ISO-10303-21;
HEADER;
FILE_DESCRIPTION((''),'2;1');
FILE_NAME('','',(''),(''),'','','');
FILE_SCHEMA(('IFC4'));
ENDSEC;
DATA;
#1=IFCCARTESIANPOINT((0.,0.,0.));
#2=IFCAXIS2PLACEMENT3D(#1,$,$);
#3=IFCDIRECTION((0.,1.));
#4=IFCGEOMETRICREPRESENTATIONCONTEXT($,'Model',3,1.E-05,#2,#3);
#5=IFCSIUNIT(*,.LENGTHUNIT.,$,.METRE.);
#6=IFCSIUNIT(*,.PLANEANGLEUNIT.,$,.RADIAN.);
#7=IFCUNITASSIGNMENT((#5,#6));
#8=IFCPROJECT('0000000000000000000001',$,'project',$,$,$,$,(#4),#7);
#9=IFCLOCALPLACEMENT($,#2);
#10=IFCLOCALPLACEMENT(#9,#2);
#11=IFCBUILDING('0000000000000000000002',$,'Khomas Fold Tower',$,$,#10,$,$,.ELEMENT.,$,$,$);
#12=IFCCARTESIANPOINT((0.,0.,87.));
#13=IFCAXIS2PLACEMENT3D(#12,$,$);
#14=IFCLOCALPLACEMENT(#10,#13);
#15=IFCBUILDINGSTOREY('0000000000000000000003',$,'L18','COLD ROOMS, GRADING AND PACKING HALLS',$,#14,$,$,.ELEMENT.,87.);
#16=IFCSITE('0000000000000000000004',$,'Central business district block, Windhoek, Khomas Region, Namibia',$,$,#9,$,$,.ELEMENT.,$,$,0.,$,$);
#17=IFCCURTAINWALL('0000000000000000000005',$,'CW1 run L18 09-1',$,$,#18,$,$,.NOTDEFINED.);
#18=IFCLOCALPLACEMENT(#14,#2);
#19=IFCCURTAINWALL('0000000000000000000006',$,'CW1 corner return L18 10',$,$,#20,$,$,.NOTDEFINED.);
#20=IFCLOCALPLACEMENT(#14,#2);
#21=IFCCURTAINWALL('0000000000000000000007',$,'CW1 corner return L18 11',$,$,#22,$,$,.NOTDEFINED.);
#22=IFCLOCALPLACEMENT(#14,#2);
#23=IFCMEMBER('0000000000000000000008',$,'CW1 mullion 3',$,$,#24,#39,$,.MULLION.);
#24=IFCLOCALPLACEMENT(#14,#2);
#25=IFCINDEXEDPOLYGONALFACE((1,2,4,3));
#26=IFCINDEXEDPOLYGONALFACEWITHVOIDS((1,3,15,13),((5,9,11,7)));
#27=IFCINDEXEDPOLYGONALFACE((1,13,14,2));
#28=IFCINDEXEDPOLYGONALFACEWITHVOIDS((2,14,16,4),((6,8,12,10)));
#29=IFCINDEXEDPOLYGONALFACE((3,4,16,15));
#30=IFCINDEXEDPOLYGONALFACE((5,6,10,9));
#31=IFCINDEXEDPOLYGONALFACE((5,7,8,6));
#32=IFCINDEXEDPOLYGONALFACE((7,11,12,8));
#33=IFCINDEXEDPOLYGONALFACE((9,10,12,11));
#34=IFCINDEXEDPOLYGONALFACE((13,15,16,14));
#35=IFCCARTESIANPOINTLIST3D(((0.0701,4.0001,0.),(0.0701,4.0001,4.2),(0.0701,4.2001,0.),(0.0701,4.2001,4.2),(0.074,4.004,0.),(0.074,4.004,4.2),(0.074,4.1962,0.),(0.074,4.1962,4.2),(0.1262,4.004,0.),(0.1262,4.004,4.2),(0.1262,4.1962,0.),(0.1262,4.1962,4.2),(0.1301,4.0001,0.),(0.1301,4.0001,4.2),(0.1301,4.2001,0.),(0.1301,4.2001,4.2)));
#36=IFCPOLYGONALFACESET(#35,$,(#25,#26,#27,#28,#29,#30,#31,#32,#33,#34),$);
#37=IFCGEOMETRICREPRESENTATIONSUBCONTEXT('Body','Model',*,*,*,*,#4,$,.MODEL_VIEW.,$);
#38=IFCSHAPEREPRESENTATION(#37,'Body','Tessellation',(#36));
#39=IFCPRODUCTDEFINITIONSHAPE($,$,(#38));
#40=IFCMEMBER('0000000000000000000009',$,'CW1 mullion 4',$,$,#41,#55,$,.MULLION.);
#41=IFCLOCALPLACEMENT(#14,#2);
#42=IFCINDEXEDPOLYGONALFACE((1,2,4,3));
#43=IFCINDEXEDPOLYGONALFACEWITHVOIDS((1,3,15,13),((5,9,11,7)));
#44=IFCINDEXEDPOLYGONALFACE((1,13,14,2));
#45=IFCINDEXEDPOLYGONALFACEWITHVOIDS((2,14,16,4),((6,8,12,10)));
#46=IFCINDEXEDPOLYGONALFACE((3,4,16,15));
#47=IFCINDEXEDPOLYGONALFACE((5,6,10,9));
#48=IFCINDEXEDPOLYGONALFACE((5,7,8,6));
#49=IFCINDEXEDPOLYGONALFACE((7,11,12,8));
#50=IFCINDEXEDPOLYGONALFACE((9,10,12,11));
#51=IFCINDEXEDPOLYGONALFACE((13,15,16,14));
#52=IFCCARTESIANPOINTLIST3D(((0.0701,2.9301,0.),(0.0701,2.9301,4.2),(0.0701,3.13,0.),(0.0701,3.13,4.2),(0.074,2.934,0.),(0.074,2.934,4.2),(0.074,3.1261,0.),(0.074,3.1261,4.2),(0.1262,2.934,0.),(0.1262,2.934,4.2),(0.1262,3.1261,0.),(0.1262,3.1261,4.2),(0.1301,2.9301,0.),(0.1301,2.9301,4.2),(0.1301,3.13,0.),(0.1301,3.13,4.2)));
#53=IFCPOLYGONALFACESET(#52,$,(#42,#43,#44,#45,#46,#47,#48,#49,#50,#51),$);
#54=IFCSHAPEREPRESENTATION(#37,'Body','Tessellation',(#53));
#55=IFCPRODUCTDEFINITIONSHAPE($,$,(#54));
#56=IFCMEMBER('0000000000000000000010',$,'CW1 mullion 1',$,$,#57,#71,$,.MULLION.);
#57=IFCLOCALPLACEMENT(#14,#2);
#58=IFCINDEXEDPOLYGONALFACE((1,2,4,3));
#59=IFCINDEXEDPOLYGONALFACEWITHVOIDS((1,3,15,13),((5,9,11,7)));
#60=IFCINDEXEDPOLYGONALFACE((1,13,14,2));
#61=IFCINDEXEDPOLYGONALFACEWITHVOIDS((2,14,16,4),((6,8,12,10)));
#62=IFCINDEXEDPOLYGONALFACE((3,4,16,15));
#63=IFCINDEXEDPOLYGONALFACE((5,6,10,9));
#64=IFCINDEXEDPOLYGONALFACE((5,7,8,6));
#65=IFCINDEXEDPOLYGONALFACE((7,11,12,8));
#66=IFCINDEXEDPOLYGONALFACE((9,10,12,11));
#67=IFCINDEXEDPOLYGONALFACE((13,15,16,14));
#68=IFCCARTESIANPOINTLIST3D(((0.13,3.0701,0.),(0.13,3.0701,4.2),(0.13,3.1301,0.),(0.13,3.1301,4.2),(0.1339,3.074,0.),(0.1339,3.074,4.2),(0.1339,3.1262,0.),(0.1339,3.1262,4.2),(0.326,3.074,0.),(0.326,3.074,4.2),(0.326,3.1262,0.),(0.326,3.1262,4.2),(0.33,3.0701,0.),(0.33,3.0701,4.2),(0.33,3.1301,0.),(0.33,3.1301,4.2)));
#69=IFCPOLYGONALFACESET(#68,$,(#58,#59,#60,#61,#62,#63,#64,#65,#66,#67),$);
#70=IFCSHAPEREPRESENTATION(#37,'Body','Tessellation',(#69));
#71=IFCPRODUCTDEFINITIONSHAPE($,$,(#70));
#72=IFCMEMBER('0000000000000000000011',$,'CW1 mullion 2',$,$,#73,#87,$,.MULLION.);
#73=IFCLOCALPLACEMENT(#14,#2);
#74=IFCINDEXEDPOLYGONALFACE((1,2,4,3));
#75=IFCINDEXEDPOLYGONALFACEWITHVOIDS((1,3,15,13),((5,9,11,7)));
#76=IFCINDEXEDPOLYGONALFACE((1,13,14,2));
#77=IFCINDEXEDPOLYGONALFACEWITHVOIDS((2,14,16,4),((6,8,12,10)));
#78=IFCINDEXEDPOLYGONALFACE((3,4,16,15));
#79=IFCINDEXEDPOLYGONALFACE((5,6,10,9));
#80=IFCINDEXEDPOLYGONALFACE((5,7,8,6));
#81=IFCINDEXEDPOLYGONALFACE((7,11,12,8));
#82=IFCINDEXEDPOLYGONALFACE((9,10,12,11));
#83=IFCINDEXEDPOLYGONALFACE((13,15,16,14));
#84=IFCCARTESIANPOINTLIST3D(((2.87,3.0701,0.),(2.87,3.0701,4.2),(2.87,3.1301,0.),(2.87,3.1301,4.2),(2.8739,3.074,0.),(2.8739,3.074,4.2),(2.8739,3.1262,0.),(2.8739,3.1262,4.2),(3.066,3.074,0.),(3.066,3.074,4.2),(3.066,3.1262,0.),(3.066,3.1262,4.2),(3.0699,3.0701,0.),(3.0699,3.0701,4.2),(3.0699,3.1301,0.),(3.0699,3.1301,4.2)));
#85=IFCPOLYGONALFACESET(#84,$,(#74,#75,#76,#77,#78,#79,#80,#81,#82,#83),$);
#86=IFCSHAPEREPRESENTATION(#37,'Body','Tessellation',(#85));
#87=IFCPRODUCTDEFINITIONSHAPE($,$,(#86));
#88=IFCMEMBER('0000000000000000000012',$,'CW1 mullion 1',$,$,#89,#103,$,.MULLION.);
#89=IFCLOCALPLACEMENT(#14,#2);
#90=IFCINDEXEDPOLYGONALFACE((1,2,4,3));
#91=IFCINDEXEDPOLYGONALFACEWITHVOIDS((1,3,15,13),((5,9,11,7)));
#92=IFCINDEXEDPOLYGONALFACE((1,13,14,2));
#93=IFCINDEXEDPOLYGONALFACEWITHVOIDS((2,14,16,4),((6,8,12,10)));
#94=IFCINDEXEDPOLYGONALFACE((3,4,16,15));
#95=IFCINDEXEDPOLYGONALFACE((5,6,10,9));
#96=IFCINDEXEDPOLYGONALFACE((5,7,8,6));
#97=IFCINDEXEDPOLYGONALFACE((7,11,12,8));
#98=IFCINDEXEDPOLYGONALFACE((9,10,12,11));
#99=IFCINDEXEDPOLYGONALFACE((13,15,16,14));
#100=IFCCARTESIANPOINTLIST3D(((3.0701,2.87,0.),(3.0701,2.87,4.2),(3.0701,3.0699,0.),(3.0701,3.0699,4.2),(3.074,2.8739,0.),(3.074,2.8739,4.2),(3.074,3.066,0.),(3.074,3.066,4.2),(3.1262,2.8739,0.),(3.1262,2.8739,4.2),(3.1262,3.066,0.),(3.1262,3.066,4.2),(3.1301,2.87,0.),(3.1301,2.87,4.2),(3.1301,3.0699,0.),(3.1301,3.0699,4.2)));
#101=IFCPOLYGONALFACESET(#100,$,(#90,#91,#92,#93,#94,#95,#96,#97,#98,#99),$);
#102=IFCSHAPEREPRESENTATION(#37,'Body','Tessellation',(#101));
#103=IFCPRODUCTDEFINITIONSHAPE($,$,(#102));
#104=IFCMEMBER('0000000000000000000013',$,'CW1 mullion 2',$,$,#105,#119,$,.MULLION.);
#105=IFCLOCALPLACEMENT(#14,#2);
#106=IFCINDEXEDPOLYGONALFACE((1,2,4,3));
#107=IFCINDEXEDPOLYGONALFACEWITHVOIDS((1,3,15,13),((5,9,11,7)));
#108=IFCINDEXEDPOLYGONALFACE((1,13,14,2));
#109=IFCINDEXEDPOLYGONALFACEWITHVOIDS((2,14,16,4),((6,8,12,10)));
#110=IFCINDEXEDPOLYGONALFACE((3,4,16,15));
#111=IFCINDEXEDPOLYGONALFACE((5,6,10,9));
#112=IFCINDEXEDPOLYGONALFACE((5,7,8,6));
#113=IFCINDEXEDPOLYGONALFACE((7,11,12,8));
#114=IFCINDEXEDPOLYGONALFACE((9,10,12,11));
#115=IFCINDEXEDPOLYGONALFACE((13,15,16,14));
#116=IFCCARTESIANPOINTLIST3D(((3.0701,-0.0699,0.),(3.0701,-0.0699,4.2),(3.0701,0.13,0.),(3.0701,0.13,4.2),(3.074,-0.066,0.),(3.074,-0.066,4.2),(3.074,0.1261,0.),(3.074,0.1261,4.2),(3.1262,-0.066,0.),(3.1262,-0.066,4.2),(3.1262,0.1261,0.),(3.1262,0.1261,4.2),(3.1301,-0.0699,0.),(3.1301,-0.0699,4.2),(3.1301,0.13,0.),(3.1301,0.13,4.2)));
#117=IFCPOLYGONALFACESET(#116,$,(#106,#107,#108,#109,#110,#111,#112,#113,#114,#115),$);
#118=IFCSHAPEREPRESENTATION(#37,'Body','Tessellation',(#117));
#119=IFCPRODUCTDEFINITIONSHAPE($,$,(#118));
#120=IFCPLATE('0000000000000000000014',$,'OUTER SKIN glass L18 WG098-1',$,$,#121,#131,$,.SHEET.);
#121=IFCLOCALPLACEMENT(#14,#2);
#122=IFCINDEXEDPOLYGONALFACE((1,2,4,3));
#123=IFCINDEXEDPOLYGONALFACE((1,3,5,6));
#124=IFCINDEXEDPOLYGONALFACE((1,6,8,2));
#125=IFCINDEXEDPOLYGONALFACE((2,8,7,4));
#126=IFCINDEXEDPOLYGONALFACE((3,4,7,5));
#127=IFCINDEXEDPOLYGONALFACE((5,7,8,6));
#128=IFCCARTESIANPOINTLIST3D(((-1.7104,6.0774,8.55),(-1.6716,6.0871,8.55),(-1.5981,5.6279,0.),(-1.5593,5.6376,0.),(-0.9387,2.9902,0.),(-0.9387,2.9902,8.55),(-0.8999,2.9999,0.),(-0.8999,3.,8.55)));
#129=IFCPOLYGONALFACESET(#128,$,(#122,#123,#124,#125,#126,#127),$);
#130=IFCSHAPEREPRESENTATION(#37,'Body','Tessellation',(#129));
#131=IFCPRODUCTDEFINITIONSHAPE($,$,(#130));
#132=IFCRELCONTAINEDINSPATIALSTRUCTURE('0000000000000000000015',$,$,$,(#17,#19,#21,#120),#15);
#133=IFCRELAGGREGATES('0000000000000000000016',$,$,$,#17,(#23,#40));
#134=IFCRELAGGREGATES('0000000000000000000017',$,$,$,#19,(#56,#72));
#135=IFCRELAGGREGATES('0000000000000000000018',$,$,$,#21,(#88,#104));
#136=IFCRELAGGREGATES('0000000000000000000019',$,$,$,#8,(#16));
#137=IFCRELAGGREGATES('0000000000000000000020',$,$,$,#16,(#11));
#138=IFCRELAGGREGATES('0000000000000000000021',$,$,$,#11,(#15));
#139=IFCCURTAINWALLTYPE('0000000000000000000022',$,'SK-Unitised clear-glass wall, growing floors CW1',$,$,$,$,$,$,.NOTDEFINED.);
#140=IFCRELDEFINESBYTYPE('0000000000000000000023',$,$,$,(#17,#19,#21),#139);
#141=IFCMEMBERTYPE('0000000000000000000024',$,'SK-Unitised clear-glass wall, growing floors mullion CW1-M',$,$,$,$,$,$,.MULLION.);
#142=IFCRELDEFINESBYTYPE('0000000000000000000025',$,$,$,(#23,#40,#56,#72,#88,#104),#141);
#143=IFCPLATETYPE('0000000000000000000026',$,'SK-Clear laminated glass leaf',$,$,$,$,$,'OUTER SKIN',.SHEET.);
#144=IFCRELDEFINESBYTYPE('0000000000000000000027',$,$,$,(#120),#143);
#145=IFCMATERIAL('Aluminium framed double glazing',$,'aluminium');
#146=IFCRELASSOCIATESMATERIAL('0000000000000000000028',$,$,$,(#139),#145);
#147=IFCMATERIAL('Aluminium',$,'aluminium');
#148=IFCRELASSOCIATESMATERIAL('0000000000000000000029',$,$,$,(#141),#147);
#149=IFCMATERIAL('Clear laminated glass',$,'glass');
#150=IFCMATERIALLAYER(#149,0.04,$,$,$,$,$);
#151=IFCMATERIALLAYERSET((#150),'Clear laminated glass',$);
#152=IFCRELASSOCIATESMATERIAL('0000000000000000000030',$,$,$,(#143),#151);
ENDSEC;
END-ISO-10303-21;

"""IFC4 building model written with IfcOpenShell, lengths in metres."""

from ifc_helpers import new_model, si_unit, direction, frame, origin, origin_2d, place, context, subcontext, project, spatial, polyline, hollow_rectangle, outline, extrude, source, transform, mapped, material, layer, layer_set, material_profile, profile_set, type_object, element, aggregate, save


model = new_model("IFC4")

# Units and contexts
model_context = context("Model", 3, precision=1e-05, world=origin(), true_north=direction((0.0, 1.0)))
body_context = subcontext(model_context, "Body", "Model", "MODEL_VIEW")
ifc_project = project(units=[si_unit("LENGTHUNIT", "METRE"), si_unit("PLANEANGLEUNIT", "RADIAN")], contexts=[model_context])

# Site, building, storey
site_placement = place(None, origin())
site = spatial("IfcSite", under=ifc_project, at=site_placement, Name="Central business district block, Windhoek, Khomas Region, Namibia", CompositionType="ELEMENT", RefElevation=0.0)
building_placement = place(site_placement, origin())
building = spatial("IfcBuilding", under=site, at=building_placement, Name="Khomas Fold Tower", CompositionType="ELEMENT")
storey_placement = place(building_placement, frame((0.0, 0.0, 87.0)))
storey = spatial("IfcBuildingStorey", under=building, at=storey_placement, Name="L18", Description="COLD ROOMS, GRADING AND PACKING HALLS", CompositionType="ELEMENT", Elevation=87.0)

# Curtain walls
ifc_material_1 = material(Name="Aluminium framed double glazing", Category="aluminium")
curtain_wall_type = type_object("IfcCurtainWallType", Name="SK-Unitised clear-glass wall, growing floors CW1", PredefinedType="NOTDEFINED", material=ifc_material_1)
curtain_wall_1_placement = place(storey_placement, origin())
curtain_wall_1 = element("IfcCurtainWall", 1, at=curtain_wall_1_placement, inside=storey, type_object=curtain_wall_type, Name="CW1 run L18 09-1", PredefinedType="NOTDEFINED")
curtain_wall_2_placement = place(storey_placement, origin())
curtain_wall_2 = element("IfcCurtainWall", 2, at=curtain_wall_2_placement, inside=storey, type_object=curtain_wall_type, Name="CW1 corner return L18 10", PredefinedType="NOTDEFINED")
curtain_wall_3_placement = place(storey_placement, origin())
curtain_wall_3 = element("IfcCurtainWall", 3, at=curtain_wall_3_placement, inside=storey, type_object=curtain_wall_type, Name="CW1 corner return L18 11", PredefinedType="NOTDEFINED")

# Members
ifc_material_2 = material(Name="Aluminium", Category="aluminium")
ifc_material_profile_1 = material_profile(ifc_material_2, hollow_rectangle(XDim=0.0601, YDim=0.2, WallThickness=0.0039, at=origin_2d()), Name="SK-Unitised clear-glass wall, growing floors mullion CW1-M")
ifc_profile_set_1 = profile_set([ifc_material_profile_1], Name="Aluminium")
member_type_1 = type_object("IfcMemberType", Name="SK-Unitised clear-glass wall, growing floors mullion CW1-M", PredefinedType="MULLION", material=ifc_profile_set_1)
shared_shape_1 = source(origin(), body_context, "Body", "SweptSolid", [
    extrude(hollow_rectangle(XDim=0.0601, YDim=0.2, WallThickness=0.0039, at=origin_2d()), origin(), (0.0, 0.0, 1.0), 4.2),
])
member_1_placement = place(storey_placement, frame((0.1001, 4.1001, 0.0), z_axis=(0.0, 0.0, 1.0), x_axis=(1.0, 0.0, 0.0)))
member_1 = element("IfcMember", 4, at=member_1_placement, type_object=member_type_1, Name="CW1 mullion 3", PredefinedType="MULLION", context=body_context, shape_type="MappedRepresentation", body=[
    mapped(shared_shape_1, transform((0.0, 0.0, 0.0))),
])
member_2_placement = place(storey_placement, frame((0.1001, 3.03, 0.0), z_axis=(0.0, 0.0, 1.0), x_axis=(1.0, 0.0, 0.0)))
member_2 = element("IfcMember", 5, at=member_2_placement, type_object=member_type_1, Name="CW1 mullion 4", PredefinedType="MULLION", context=body_context, shape_type="MappedRepresentation", body=[
    mapped(shared_shape_1, transform((0.0, 0.0, 0.0))),
])
member_3_placement = place(storey_placement, frame((0.23, 3.1001, 0.0), z_axis=(0.0, 0.0, 1.0), x_axis=(0.0, 1.0, 0.0)))
member_3 = element("IfcMember", 6, at=member_3_placement, type_object=member_type_1, Name="CW1 mullion 1", PredefinedType="MULLION", context=body_context, shape_type="MappedRepresentation", body=[
    mapped(shared_shape_1, transform((0.0, 0.0, 0.0))),
])
member_4_placement = place(storey_placement, frame((2.97, 3.1001, 0.0), z_axis=(0.0, 0.0, 1.0), x_axis=(0.0, 1.0, 0.0)))
member_4 = element("IfcMember", 7, at=member_4_placement, type_object=member_type_1, Name="CW1 mullion 2", PredefinedType="MULLION", context=body_context, shape_type="MappedRepresentation", body=[
    mapped(shared_shape_1, transform((0.0, 0.0, 0.0))),
])
member_5_placement = place(storey_placement, frame((3.1001, 2.97, 0.0), z_axis=(0.0, 0.0, 1.0), x_axis=(1.0, 0.0, 0.0)))
member_5 = element("IfcMember", 8, at=member_5_placement, type_object=member_type_1, Name="CW1 mullion 1", PredefinedType="MULLION", context=body_context, shape_type="MappedRepresentation", body=[
    mapped(shared_shape_1, transform((0.0, 0.0, 0.0))),
])
member_6_placement = place(storey_placement, frame((3.1001, 0.03, 0.0), z_axis=(0.0, 0.0, 1.0), x_axis=(1.0, 0.0, 0.0)))
member_6 = element("IfcMember", 9, at=member_6_placement, type_object=member_type_1, Name="CW1 mullion 2", PredefinedType="MULLION", context=body_context, shape_type="MappedRepresentation", body=[
    mapped(shared_shape_1, transform((0.0, 0.0, 0.0))),
])

# Plate
ifc_material_3 = material(Name="Clear laminated glass", Category="glass")
ifc_layer_1 = layer(ifc_material_3, 0.04)
ifc_layer_set_1 = layer_set([ifc_layer_1], Name="Clear laminated glass")
plate_type_1 = type_object("IfcPlateType", Name="SK-Clear laminated glass leaf", ElementType="OUTER SKIN", PredefinedType="SHEET", material=ifc_layer_set_1)
plate_1_placement = place(storey_placement, frame((-1.7104, 6.0774, 8.55), z_axis=(-0.970145, -0.242526, 0.000003), x_axis=(0.013119, -0.052491, -0.998535)))
element("IfcPlate", 10, at=plate_1_placement, inside=storey, type_object=plate_type_1, Name="OUTER SKIN glass L18 WG098-1", PredefinedType="SHEET", context=body_context, shape_type="SweptSolid", body=[
    extrude(outline(polyline([(0.0, 0.0), (8.5626, 0.0), (8.7097, 2.7149), (0.1722, 3.1775), (0.0, 0.0)])), origin(), (0.0, 0.0, -1.0), 0.04),
])

aggregate(curtain_wall_1, [member_1, member_2])
aggregate(curtain_wall_2, [member_3, member_4])
aggregate(curtain_wall_3, [member_5, member_6])

save(model, "model.ifc")
